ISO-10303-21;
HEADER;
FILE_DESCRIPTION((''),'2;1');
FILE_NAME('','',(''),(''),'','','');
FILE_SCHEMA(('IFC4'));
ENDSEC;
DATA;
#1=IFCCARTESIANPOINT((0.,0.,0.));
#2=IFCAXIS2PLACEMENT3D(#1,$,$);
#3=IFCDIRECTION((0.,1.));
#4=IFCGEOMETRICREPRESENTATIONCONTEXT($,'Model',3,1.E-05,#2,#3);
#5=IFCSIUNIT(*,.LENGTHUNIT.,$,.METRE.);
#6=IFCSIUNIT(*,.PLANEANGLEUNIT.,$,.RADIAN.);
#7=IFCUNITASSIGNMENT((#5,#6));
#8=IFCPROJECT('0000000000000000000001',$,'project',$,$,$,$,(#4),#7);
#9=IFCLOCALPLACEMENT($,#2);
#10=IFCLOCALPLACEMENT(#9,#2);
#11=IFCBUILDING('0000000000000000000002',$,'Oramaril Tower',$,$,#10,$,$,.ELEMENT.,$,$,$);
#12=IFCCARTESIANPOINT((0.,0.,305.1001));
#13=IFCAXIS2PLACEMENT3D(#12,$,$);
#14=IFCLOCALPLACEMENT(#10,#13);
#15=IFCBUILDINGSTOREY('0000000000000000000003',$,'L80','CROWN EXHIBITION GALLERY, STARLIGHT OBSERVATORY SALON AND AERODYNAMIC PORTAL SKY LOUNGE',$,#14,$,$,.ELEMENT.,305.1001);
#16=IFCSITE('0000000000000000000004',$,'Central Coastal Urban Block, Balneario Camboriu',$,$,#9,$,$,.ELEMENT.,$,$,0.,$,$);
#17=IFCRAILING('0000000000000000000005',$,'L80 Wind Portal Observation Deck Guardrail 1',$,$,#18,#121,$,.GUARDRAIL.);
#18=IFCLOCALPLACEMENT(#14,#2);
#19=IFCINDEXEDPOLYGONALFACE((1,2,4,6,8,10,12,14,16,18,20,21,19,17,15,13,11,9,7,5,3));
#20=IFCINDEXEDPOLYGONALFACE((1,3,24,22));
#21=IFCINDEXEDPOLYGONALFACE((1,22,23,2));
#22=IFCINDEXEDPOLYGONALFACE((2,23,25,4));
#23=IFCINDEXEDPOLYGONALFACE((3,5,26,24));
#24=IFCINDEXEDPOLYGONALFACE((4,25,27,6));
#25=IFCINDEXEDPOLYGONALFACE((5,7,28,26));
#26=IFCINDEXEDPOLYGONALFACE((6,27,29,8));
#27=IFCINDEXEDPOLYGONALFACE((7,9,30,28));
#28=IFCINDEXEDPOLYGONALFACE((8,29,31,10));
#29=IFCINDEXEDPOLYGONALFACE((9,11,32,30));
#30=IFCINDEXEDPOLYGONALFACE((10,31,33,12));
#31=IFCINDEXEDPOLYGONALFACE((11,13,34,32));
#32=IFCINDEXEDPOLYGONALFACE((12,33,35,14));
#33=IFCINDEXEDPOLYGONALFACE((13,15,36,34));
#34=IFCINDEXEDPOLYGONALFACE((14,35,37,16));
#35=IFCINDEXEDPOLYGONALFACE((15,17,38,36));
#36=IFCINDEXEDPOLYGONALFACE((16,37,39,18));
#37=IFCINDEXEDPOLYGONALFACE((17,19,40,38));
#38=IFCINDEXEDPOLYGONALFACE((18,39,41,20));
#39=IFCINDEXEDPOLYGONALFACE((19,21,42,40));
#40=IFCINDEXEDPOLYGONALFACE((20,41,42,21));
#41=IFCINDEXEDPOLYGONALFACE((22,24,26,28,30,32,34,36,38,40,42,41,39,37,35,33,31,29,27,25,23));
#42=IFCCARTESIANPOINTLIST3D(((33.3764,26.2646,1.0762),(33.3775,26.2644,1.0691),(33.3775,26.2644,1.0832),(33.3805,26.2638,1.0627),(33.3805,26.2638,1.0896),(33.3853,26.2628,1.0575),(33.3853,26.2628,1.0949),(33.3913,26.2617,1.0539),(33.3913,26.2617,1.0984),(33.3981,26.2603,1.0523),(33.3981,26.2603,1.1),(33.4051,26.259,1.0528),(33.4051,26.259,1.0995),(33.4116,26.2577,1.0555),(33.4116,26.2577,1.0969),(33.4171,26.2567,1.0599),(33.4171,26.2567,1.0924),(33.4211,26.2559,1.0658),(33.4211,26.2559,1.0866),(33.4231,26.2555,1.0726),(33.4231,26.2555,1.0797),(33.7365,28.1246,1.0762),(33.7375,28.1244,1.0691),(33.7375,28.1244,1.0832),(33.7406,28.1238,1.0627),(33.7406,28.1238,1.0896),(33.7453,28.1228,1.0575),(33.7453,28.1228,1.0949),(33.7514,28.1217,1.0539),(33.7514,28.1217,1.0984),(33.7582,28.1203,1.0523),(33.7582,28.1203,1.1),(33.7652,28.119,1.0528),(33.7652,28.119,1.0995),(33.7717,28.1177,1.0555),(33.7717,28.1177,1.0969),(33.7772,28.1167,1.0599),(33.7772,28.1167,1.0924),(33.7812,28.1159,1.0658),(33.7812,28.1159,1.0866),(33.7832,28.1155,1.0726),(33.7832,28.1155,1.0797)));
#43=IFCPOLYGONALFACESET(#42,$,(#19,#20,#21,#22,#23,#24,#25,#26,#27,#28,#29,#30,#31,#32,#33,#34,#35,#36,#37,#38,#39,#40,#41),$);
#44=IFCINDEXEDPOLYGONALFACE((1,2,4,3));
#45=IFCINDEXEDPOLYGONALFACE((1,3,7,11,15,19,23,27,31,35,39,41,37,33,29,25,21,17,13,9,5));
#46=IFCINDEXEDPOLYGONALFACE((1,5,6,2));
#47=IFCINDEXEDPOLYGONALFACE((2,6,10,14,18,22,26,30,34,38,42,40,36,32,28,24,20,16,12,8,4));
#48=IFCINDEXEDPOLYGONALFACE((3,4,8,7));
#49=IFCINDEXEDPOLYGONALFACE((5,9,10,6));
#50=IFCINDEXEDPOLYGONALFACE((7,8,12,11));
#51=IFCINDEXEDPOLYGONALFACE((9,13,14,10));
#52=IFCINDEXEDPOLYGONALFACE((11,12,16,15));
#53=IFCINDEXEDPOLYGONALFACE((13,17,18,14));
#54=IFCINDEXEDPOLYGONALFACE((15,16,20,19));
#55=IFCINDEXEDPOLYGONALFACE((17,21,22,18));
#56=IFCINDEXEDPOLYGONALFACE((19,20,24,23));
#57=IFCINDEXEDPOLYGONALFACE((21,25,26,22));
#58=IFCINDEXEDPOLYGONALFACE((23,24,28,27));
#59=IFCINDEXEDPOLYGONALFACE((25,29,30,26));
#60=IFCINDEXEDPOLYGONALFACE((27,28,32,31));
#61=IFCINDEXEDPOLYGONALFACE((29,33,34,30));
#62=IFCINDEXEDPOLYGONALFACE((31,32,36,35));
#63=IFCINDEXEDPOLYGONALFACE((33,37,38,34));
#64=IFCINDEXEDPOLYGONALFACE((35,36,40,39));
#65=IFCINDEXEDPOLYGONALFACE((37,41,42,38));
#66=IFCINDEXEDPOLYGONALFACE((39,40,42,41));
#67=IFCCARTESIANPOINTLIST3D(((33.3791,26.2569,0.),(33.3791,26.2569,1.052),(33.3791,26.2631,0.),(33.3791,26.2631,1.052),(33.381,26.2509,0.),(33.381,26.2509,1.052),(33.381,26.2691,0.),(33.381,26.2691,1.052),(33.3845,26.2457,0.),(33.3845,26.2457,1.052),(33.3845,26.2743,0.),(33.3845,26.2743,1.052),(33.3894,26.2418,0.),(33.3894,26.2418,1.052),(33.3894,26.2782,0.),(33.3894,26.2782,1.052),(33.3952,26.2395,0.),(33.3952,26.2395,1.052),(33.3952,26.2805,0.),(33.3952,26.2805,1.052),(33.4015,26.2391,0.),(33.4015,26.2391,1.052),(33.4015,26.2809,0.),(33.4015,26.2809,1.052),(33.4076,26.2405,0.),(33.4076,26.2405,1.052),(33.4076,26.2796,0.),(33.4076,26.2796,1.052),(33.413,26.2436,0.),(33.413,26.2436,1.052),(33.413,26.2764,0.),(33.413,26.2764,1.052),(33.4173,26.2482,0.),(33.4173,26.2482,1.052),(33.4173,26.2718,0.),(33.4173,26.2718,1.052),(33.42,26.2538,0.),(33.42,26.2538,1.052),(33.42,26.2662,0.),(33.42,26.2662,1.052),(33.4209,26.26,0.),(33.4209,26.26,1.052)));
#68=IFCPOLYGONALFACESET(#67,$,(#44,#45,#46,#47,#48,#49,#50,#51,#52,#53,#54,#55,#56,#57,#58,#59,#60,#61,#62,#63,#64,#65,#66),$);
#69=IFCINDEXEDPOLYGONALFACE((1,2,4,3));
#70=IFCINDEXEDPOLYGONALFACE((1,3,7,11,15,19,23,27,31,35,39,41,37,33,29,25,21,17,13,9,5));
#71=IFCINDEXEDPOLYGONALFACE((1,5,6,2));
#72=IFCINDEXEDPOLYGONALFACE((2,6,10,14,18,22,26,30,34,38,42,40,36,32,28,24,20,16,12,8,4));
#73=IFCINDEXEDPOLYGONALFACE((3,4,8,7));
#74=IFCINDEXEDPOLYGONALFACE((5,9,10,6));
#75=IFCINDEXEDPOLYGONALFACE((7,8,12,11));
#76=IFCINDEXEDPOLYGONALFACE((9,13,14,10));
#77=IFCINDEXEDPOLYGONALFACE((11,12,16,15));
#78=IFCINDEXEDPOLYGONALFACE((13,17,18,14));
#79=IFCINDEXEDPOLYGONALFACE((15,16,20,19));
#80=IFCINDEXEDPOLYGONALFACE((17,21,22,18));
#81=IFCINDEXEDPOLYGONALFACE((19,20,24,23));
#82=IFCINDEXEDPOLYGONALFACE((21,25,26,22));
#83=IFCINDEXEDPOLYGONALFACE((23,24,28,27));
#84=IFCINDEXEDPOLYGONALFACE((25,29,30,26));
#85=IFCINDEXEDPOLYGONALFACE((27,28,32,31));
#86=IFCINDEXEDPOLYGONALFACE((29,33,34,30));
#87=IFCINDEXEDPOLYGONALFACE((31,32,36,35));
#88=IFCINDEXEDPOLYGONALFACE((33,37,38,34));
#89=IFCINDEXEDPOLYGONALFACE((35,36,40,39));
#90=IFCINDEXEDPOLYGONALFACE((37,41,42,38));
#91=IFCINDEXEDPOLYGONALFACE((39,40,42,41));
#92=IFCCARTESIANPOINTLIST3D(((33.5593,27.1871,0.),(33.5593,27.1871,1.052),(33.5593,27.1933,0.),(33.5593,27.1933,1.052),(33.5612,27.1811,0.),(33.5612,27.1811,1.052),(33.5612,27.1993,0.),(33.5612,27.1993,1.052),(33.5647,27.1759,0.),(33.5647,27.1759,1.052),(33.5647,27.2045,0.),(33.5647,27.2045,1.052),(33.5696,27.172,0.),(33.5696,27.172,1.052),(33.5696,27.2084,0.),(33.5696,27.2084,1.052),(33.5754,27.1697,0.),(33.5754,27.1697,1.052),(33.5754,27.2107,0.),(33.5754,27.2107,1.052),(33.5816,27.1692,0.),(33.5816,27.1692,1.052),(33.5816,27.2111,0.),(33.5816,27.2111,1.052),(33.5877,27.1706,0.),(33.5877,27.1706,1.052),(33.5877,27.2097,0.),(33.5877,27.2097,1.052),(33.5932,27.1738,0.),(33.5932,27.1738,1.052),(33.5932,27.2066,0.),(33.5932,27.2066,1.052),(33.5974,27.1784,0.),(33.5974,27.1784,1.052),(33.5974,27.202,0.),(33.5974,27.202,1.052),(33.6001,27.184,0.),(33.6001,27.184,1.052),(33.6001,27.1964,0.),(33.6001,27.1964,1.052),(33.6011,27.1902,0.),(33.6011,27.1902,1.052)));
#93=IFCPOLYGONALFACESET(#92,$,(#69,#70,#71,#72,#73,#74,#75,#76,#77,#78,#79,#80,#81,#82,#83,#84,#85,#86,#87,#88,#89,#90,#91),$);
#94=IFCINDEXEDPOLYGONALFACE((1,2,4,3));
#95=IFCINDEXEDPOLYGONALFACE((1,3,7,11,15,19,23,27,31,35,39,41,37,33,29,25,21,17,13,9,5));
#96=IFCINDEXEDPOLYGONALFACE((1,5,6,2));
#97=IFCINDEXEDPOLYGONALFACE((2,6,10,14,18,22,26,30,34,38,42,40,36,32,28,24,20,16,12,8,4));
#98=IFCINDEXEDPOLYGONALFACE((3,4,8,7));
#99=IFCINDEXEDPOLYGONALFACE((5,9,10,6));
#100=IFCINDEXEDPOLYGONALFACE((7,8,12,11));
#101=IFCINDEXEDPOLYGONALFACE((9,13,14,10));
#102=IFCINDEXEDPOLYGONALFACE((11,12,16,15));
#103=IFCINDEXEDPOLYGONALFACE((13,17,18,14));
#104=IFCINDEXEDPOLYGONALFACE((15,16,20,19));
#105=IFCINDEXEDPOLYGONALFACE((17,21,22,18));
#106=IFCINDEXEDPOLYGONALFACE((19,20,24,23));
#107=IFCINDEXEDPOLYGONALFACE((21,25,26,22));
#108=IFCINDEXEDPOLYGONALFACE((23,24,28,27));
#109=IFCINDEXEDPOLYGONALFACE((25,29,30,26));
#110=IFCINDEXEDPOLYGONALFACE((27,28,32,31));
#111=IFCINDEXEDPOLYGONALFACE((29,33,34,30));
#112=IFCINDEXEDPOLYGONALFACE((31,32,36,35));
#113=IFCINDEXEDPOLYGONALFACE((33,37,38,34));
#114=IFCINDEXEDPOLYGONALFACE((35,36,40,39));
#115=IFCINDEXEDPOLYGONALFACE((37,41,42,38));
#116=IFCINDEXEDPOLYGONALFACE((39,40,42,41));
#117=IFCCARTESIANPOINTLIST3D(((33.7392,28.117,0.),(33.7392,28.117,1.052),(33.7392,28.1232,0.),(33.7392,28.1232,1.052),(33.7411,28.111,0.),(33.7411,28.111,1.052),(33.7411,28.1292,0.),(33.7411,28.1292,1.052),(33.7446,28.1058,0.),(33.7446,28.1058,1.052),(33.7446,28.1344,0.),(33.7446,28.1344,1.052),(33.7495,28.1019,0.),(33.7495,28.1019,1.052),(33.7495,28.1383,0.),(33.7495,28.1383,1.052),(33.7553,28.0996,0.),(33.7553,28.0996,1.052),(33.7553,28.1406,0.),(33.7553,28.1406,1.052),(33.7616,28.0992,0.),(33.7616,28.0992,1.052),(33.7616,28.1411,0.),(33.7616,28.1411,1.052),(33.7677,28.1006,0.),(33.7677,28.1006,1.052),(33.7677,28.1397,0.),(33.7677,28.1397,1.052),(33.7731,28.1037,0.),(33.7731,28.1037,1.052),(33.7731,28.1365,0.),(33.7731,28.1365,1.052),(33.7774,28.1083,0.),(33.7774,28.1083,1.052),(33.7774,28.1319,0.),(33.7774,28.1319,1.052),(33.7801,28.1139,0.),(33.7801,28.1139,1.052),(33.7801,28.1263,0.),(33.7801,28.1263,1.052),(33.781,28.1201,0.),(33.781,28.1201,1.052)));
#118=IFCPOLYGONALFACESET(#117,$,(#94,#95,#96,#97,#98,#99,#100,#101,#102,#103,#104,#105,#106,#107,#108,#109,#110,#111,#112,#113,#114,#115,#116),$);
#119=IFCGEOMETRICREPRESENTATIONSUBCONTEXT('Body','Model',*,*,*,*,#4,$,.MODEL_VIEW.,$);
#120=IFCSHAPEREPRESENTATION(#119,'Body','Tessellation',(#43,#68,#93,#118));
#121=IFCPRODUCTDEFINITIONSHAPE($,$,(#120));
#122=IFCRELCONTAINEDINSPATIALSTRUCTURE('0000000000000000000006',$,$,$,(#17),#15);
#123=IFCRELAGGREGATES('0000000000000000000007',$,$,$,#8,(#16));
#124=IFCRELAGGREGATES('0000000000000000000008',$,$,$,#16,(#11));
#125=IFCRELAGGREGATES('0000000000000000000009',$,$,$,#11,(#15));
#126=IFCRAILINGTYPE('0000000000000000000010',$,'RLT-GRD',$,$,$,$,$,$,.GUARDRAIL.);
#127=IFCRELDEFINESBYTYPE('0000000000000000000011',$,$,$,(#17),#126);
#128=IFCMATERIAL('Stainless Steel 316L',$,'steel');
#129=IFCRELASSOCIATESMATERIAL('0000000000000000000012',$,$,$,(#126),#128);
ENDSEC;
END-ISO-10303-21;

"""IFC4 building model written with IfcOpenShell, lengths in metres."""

from ifc_helpers import new_model, si_unit, direction, frame, origin, origin_2d, place, context, subcontext, project, spatial, circle, extrude, material, type_object, element, save


model = new_model("IFC4")

# Units and contexts
model_context = context("Model", 3, precision=1e-05, world=origin(), true_north=direction((0.0, 1.0)))
body_context = subcontext(model_context, "Body", "Model", "MODEL_VIEW")
ifc_project = project(units=[si_unit("LENGTHUNIT", "METRE"), si_unit("PLANEANGLEUNIT", "RADIAN")], contexts=[model_context])

# Site, building, storey
site_placement = place(None, origin())
site = spatial("IfcSite", under=ifc_project, at=site_placement, Name="Central Coastal Urban Block, Balneario Camboriu", CompositionType="ELEMENT", RefElevation=0.0)
building_placement = place(site_placement, origin())
building = spatial("IfcBuilding", under=site, at=building_placement, Name="Oramaril Tower", CompositionType="ELEMENT")
storey_placement = place(building_placement, frame((0.0, 0.0, 305.1001)))
storey = spatial("IfcBuildingStorey", under=building, at=storey_placement, Name="L80", Description="CROWN EXHIBITION GALLERY, STARLIGHT OBSERVATORY SALON AND AERODYNAMIC PORTAL SKY LOUNGE", CompositionType="ELEMENT", Elevation=305.1001)

# Railing
ifc_material_1 = material(Name="Stainless Steel 316L", Category="steel")
railing_type = type_object("IfcRailingType", Name="RLT-GRD", PredefinedType="GUARDRAIL", material=ifc_material_1)
railing_1_placement = place(storey_placement, frame((33.3999, 26.26, 0.0)))
element("IfcRailing", 1, at=railing_1_placement, inside=storey, type_object=railing_type, Name="L80 Wind Portal Observation Deck Guardrail 1", PredefinedType="GUARDRAIL", context=body_context, shape_type="SweptSolid", body=[
    extrude(circle(Radius=0.0239, at=origin_2d()), frame((0.0, 0.0, 1.0762), z_axis=(0.190066, 0.981771, 0.0), x_axis=(-0.981771, 0.190066, 0.0)), (0.0, 0.0, 1.0), 1.8945),
    extrude(circle(Radius=0.021, at=origin_2d()), origin(), (0.0, 0.0, 1.0), 1.052),
    extrude(circle(Radius=0.021, at=origin_2d()), frame((0.1802, 0.9302, 0.0)), (0.0, 0.0, 1.0), 1.052),
    extrude(circle(Radius=0.021, at=origin_2d()), frame((0.3601, 1.8601, 0.0)), (0.0, 0.0, 1.0), 1.052),
])

save(model, "model.ifc")
